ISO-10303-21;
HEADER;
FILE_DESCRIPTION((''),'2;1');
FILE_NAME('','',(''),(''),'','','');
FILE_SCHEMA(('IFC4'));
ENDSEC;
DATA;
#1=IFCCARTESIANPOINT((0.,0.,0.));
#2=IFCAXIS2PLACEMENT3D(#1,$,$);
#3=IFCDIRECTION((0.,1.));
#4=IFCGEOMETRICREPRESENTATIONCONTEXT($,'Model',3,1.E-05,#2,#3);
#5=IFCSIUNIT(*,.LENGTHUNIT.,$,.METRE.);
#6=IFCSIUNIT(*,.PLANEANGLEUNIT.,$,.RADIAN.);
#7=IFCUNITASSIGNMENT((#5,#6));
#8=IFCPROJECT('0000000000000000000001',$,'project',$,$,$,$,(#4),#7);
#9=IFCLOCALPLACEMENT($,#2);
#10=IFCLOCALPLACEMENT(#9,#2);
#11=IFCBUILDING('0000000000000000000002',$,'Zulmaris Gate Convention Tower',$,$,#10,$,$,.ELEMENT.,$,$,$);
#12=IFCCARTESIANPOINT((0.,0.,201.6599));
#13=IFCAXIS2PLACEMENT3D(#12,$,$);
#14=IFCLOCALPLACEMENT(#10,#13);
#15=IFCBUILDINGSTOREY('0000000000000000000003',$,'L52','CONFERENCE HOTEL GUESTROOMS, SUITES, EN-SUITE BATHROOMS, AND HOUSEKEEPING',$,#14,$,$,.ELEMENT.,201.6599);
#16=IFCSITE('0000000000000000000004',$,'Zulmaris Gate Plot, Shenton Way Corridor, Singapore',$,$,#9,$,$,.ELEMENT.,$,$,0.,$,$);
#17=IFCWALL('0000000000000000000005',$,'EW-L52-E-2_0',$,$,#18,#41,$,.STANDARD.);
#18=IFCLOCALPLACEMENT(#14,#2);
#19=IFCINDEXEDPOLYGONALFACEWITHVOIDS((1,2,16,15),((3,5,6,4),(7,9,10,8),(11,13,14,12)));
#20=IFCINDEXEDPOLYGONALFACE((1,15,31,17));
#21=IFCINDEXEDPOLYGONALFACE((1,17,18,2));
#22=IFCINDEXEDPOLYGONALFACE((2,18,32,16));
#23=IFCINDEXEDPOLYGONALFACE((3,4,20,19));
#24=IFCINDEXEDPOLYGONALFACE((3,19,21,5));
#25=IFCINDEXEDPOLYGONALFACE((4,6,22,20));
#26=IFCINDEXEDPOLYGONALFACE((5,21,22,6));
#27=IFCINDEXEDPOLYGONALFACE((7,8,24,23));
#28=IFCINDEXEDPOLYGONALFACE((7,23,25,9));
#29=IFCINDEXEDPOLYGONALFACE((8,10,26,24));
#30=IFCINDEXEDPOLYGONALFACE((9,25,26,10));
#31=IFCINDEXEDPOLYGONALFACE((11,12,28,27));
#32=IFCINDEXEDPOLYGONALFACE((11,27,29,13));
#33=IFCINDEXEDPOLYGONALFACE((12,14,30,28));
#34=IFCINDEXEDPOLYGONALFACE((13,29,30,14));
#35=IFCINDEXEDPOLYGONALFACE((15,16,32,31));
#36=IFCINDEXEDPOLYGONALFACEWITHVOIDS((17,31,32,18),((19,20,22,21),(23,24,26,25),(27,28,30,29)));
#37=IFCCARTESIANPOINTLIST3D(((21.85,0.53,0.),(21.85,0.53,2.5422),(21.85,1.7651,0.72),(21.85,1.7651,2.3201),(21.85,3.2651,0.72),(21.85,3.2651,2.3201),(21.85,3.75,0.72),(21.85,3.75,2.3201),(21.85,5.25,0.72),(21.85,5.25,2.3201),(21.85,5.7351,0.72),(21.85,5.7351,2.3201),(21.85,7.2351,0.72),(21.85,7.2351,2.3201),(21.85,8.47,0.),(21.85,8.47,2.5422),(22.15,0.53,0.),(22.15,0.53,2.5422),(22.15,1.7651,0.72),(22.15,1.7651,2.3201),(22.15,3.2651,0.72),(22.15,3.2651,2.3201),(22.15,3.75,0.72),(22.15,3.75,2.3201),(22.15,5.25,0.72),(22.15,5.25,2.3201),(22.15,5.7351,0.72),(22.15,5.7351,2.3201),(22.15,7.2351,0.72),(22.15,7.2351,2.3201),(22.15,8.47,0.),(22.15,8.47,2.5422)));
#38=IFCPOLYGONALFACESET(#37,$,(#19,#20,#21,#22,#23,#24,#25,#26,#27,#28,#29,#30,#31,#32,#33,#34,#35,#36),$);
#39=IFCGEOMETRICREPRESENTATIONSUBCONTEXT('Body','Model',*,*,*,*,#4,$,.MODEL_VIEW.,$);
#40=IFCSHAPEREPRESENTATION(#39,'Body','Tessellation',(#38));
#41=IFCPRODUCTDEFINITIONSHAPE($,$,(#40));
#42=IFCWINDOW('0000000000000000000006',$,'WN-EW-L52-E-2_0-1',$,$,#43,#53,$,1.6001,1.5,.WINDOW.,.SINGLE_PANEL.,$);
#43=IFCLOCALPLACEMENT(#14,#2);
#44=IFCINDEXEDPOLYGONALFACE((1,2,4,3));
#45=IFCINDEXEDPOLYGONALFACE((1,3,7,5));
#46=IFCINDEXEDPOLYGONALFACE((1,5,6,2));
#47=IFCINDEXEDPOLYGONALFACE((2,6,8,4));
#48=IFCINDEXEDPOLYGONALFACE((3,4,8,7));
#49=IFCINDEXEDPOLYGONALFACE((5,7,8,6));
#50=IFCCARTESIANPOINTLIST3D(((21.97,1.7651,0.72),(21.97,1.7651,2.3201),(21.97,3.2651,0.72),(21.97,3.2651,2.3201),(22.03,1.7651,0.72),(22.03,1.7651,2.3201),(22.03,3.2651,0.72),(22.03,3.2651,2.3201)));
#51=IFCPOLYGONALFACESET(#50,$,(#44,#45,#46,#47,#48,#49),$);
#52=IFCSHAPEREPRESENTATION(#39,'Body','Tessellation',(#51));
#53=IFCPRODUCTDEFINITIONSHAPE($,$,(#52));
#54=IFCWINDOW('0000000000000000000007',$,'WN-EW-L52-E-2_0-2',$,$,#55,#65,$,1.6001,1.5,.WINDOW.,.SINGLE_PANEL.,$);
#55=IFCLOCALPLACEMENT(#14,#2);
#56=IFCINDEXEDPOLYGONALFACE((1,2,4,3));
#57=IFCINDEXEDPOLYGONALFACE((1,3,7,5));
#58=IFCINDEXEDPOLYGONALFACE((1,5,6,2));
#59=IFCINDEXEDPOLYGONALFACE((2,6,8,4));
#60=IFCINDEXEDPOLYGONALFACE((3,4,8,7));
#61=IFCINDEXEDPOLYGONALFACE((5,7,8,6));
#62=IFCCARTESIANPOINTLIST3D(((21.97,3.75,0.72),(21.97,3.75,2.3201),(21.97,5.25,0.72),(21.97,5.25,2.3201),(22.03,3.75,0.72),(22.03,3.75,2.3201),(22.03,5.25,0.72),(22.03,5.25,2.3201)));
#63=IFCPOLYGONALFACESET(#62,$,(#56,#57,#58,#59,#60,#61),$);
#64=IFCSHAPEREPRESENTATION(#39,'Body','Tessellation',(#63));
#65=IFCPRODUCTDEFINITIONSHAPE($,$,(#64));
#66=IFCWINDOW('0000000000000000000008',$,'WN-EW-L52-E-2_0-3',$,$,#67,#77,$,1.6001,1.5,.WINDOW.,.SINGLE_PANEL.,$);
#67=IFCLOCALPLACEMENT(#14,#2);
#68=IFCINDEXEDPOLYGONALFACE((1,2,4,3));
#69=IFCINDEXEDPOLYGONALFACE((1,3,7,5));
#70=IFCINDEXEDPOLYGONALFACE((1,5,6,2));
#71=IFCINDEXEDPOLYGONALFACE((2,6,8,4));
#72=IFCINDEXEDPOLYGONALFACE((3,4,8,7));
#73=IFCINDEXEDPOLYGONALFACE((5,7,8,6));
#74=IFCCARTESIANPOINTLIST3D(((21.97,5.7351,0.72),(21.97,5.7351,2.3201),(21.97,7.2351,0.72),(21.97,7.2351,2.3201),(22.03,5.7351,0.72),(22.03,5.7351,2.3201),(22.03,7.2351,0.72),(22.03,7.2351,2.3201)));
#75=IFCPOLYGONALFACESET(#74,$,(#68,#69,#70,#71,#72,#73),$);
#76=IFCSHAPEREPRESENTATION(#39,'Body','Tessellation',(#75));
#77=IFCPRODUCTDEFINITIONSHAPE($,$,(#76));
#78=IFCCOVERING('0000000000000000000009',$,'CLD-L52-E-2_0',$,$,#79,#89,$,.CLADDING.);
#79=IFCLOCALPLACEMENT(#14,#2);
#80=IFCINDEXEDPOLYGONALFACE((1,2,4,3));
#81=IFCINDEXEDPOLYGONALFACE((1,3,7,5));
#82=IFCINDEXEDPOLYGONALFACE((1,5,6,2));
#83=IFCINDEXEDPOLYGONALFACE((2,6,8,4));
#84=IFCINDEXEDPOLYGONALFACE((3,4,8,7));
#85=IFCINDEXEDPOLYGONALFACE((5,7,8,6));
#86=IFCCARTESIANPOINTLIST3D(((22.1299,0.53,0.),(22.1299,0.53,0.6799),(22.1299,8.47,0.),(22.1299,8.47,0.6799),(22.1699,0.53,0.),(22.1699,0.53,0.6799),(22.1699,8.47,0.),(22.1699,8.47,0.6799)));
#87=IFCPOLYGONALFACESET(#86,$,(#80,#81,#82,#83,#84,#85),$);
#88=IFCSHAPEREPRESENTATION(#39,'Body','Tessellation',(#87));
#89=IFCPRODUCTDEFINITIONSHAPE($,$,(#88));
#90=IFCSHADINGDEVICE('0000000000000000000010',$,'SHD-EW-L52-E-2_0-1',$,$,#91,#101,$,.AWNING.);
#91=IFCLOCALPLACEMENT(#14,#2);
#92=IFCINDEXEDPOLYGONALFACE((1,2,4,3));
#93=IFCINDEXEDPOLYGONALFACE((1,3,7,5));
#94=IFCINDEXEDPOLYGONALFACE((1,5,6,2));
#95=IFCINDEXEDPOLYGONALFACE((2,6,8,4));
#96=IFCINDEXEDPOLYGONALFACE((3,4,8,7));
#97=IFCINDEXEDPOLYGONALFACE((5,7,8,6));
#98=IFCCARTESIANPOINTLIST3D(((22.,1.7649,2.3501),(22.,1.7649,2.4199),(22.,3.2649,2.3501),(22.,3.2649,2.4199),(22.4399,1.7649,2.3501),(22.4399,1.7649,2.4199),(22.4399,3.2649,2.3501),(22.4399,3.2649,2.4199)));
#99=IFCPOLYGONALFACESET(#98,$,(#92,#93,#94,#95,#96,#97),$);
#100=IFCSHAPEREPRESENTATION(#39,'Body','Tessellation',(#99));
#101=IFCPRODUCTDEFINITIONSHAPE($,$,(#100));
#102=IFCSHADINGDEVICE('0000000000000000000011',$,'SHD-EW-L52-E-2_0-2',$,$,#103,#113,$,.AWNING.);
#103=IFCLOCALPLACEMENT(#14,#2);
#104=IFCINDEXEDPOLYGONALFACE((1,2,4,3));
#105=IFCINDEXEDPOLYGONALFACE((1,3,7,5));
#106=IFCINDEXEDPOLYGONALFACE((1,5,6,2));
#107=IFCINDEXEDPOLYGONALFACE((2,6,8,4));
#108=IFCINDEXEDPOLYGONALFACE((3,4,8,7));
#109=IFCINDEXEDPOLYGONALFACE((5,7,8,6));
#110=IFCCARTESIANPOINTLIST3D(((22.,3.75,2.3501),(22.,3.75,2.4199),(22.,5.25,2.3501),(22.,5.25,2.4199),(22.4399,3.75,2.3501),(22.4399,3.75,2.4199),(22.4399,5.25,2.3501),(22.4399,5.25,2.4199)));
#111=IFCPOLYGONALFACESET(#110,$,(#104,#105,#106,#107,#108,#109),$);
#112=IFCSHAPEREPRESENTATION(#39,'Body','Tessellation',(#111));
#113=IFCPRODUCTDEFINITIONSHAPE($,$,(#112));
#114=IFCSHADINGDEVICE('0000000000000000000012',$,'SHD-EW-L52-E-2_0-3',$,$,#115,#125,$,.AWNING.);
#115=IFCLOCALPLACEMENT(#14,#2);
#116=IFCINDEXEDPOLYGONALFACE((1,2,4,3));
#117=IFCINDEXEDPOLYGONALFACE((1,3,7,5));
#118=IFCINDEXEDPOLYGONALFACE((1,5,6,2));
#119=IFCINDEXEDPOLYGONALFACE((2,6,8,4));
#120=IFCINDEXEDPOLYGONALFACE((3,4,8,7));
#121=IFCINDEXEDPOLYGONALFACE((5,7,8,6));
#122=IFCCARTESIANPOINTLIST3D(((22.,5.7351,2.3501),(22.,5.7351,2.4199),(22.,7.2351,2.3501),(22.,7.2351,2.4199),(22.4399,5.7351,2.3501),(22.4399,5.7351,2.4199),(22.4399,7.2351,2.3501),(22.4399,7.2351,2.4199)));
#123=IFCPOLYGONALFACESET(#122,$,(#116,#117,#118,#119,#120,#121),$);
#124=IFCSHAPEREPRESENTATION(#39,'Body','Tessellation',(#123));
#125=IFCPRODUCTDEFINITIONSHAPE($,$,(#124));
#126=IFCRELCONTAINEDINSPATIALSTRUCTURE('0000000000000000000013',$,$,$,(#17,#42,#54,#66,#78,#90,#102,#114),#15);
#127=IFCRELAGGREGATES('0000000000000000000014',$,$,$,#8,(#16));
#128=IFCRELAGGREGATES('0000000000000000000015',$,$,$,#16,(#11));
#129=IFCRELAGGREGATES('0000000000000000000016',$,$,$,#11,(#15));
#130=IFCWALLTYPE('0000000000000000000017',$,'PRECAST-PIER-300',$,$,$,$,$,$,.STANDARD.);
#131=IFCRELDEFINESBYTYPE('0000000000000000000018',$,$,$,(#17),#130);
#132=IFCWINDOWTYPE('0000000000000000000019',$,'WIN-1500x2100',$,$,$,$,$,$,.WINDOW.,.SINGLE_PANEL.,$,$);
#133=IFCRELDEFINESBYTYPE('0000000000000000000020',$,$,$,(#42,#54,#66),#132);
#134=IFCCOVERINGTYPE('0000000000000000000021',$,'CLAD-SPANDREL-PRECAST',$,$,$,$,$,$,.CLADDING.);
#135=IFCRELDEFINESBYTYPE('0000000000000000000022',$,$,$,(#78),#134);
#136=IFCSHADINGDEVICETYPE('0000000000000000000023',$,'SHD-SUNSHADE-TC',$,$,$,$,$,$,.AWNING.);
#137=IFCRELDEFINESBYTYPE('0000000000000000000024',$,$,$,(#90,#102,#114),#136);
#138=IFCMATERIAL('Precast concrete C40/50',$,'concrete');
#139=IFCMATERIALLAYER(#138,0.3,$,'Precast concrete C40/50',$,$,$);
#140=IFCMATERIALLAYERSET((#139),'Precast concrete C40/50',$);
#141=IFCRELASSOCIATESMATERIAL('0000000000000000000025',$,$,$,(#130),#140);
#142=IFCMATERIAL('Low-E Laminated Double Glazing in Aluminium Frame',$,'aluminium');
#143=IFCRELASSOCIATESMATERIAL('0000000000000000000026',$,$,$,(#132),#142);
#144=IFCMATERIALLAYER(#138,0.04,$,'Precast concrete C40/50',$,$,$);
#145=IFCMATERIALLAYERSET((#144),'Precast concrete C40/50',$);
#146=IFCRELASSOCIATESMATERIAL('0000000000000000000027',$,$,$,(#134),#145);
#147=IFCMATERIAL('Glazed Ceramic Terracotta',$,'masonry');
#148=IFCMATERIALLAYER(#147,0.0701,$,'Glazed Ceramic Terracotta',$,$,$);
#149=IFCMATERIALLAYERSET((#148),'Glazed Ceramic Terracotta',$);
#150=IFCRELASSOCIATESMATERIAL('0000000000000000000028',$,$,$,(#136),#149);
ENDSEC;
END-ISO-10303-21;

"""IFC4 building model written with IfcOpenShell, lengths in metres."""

from ifc_helpers import new_model, si_unit, direction, frame, frame_2d, origin, place, context, subcontext, project, spatial, rectangle, extrude, material, layer, layer_set, type_object, element, fill, save


model = new_model("IFC4")

# Units and contexts
model_context = context("Model", 3, precision=1e-05, world=origin(), true_north=direction((0.0, 1.0)))
body_context = subcontext(model_context, "Body", "Model", "MODEL_VIEW")
ifc_project = project(units=[si_unit("LENGTHUNIT", "METRE"), si_unit("PLANEANGLEUNIT", "RADIAN")], contexts=[model_context])

# Site, building, storey
site_placement = place(None, origin())
site = spatial("IfcSite", under=ifc_project, at=site_placement, Name="Zulmaris Gate Plot, Shenton Way Corridor, Singapore", CompositionType="ELEMENT", RefElevation=0.0)
building_placement = place(site_placement, origin())
building = spatial("IfcBuilding", under=site, at=building_placement, Name="Zulmaris Gate Convention Tower", CompositionType="ELEMENT")
storey_placement = place(building_placement, frame((0.0, 0.0, 201.6599)))
storey = spatial("IfcBuildingStorey", under=building, at=storey_placement, Name="L52", Description="CONFERENCE HOTEL GUESTROOMS, SUITES, EN-SUITE BATHROOMS, AND HOUSEKEEPING", CompositionType="ELEMENT", Elevation=201.6599)

# Wall, openings, windows
ifc_material_1 = material(Name="Precast concrete C40/50", Category="concrete")
ifc_layer_1 = layer(ifc_material_1, 0.3, Name="Precast concrete C40/50")
ifc_layer_set_1 = layer_set([ifc_layer_1], Name="Precast concrete C40/50")
wall_type_1 = type_object("IfcWallType", Name="PRECAST-PIER-300", PredefinedType="STANDARD", material=ifc_layer_set_1)
wall_1_placement = place(storey_placement, frame((22.0, 0.53, 0.0), z_axis=(0.0, 0.0, 1.0), x_axis=(0.0, 1.0, 0.0)))
wall_1 = element("IfcWall", 1, at=wall_1_placement, inside=storey, type_object=wall_type_1, Name="EW-L52-E-2_0", PredefinedType="STANDARD", context=body_context, shape_type="SweptSolid", body=[
    extrude(rectangle(XDim=7.9399, YDim=0.3, at=frame_2d((3.97, 0.0))), origin(), (0.0, 0.0, 1.0), 2.5422),
])
opening_1_placement = place(wall_1_placement, frame((1.2351, 0.0, 0.72)))
opening_1 = element("IfcOpeningElement", 2, at=opening_1_placement, cuts=wall_1, PredefinedType="OPENING", context=body_context, shape_type="SweptSolid", body=[
    extrude(rectangle(XDim=1.5, YDim=1.6001, at=frame_2d((0.75, 0.8))), frame((0.0, 0.1602, 0.0), z_axis=(0.0, -1.0, 0.0), x_axis=(1.0, 0.0, 0.0)), (0.0, 0.0, 1.0), 0.3201),
])
opening_2_placement = place(wall_1_placement, frame((3.22, 0.0, 0.72)))
opening_2 = element("IfcOpeningElement", 3, at=opening_2_placement, cuts=wall_1, PredefinedType="OPENING", context=body_context, shape_type="SweptSolid", body=[
    extrude(rectangle(XDim=1.5, YDim=1.6001, at=frame_2d((0.75, 0.8))), frame((0.0, 0.1602, 0.0), z_axis=(0.0, -1.0, 0.0), x_axis=(1.0, 0.0, 0.0)), (0.0, 0.0, 1.0), 0.3201),
])
opening_3_placement = place(wall_1_placement, frame((5.2051, 0.0, 0.72)))
opening_3 = element("IfcOpeningElement", 4, at=opening_3_placement, cuts=wall_1, PredefinedType="OPENING", context=body_context, shape_type="SweptSolid", body=[
    extrude(rectangle(XDim=1.5, YDim=1.6001, at=frame_2d((0.75, 0.8))), frame((0.0, 0.1602, 0.0), z_axis=(0.0, -1.0, 0.0), x_axis=(1.0, 0.0, 0.0)), (0.0, 0.0, 1.0), 0.3201),
])
ifc_material_2 = material(Name="Low-E Laminated Double Glazing in Aluminium Frame", Category="aluminium")
window_type = type_object("IfcWindowType", Name="WIN-1500x2100", PartitioningType="SINGLE_PANEL", PredefinedType="WINDOW", material=ifc_material_2)
window_1_placement = place(opening_1_placement, origin())
window_1 = element("IfcWindow", 5, at=window_1_placement, inside=storey, type_object=window_type, Name="WN-EW-L52-E-2_0-1", OverallHeight=1.6001, OverallWidth=1.5, PartitioningType="SINGLE_PANEL", PredefinedType="WINDOW", context=body_context, shape_type="SweptSolid", body=[
    extrude(rectangle(XDim=1.5, YDim=1.6001, at=frame_2d((0.75, 0.8))), frame((0.0, 0.03, 0.0), z_axis=(0.0, -1.0, 0.0), x_axis=(1.0, 0.0, 0.0)), (0.0, 0.0, 1.0), 0.0601),
])
fill(opening_1, window_1)
window_2_placement = place(opening_2_placement, origin())
window_2 = element("IfcWindow", 6, at=window_2_placement, inside=storey, type_object=window_type, Name="WN-EW-L52-E-2_0-2", OverallHeight=1.6001, OverallWidth=1.5, PartitioningType="SINGLE_PANEL", PredefinedType="WINDOW", context=body_context, shape_type="SweptSolid", body=[
    extrude(rectangle(XDim=1.5, YDim=1.6001, at=frame_2d((0.75, 0.8))), frame((0.0, 0.03, 0.0), z_axis=(0.0, -1.0, 0.0), x_axis=(1.0, 0.0, 0.0)), (0.0, 0.0, 1.0), 0.0601),
])
fill(opening_2, window_2)
window_3_placement = place(opening_3_placement, origin())
window_3 = element("IfcWindow", 7, at=window_3_placement, inside=storey, type_object=window_type, Name="WN-EW-L52-E-2_0-3", OverallHeight=1.6001, OverallWidth=1.5, PartitioningType="SINGLE_PANEL", PredefinedType="WINDOW", context=body_context, shape_type="SweptSolid", body=[
    extrude(rectangle(XDim=1.5, YDim=1.6001, at=frame_2d((0.75, 0.8))), frame((0.0, 0.03, 0.0), z_axis=(0.0, -1.0, 0.0), x_axis=(1.0, 0.0, 0.0)), (0.0, 0.0, 1.0), 0.0601),
])
fill(opening_3, window_3)

# Covering
ifc_layer_2 = layer(ifc_material_1, 0.04, Name="Precast concrete C40/50")
ifc_layer_set_2 = layer_set([ifc_layer_2], Name="Precast concrete C40/50")
covering_type = type_object("IfcCoveringType", Name="CLAD-SPANDREL-PRECAST", PredefinedType="CLADDING", material=ifc_layer_set_2)
covering_placement = place(storey_placement, frame((22.1499, 0.53, 0.0), z_axis=(0.0, 0.0, 1.0), x_axis=(0.0, 1.0, 0.0)))
element("IfcCovering", 8, at=covering_placement, inside=storey, type_object=covering_type, Name="CLD-L52-E-2_0", PredefinedType="CLADDING", context=body_context, shape_type="SweptSolid", body=[
    extrude(rectangle(XDim=7.9399, YDim=0.04, at=frame_2d((3.97, 0.0))), origin(), (0.0, 0.0, 1.0), 0.6799),
])

# Shading devices
ifc_material_3 = material(Name="Glazed Ceramic Terracotta", Category="masonry")
ifc_layer_3 = layer(ifc_material_3, 0.0701, Name="Glazed Ceramic Terracotta")
ifc_layer_set_3 = layer_set([ifc_layer_3], Name="Glazed Ceramic Terracotta")
shading_device_type = type_object("IfcShadingDeviceType", Name="SHD-SUNSHADE-TC", PredefinedType="AWNING", material=ifc_layer_set_3)
for number, where, z_axis, x_axis, name in (
    (9, (22.22, 1.7649, 2.3501), (0.0, 0.0, 1.0), (0.0, 1.0, 0.0), "SHD-EW-L52-E-2_0-1"),
    (10, (22.22, 3.75, 2.3501), (0.0, 0.0, 1.0), (0.0, 1.0, 0.0), "SHD-EW-L52-E-2_0-2"),
    (11, (22.22, 5.7351, 2.3501), (0.0, 0.0, 1.0), (0.0, 1.0, 0.0), "SHD-EW-L52-E-2_0-3"),
):
    element("IfcShadingDevice", number, at=place(storey_placement, frame(where, z_axis=z_axis, x_axis=x_axis)), inside=storey, type_object=shading_device_type, Name=name, PredefinedType="AWNING", context=body_context, shape_type="SweptSolid", body=[
        extrude(rectangle(XDim=1.5, YDim=0.4399, at=frame_2d((0.75, 0.0))), origin(), (0.0, 0.0, 1.0), 0.0698),
    ])

save(model, "model.ifc")
